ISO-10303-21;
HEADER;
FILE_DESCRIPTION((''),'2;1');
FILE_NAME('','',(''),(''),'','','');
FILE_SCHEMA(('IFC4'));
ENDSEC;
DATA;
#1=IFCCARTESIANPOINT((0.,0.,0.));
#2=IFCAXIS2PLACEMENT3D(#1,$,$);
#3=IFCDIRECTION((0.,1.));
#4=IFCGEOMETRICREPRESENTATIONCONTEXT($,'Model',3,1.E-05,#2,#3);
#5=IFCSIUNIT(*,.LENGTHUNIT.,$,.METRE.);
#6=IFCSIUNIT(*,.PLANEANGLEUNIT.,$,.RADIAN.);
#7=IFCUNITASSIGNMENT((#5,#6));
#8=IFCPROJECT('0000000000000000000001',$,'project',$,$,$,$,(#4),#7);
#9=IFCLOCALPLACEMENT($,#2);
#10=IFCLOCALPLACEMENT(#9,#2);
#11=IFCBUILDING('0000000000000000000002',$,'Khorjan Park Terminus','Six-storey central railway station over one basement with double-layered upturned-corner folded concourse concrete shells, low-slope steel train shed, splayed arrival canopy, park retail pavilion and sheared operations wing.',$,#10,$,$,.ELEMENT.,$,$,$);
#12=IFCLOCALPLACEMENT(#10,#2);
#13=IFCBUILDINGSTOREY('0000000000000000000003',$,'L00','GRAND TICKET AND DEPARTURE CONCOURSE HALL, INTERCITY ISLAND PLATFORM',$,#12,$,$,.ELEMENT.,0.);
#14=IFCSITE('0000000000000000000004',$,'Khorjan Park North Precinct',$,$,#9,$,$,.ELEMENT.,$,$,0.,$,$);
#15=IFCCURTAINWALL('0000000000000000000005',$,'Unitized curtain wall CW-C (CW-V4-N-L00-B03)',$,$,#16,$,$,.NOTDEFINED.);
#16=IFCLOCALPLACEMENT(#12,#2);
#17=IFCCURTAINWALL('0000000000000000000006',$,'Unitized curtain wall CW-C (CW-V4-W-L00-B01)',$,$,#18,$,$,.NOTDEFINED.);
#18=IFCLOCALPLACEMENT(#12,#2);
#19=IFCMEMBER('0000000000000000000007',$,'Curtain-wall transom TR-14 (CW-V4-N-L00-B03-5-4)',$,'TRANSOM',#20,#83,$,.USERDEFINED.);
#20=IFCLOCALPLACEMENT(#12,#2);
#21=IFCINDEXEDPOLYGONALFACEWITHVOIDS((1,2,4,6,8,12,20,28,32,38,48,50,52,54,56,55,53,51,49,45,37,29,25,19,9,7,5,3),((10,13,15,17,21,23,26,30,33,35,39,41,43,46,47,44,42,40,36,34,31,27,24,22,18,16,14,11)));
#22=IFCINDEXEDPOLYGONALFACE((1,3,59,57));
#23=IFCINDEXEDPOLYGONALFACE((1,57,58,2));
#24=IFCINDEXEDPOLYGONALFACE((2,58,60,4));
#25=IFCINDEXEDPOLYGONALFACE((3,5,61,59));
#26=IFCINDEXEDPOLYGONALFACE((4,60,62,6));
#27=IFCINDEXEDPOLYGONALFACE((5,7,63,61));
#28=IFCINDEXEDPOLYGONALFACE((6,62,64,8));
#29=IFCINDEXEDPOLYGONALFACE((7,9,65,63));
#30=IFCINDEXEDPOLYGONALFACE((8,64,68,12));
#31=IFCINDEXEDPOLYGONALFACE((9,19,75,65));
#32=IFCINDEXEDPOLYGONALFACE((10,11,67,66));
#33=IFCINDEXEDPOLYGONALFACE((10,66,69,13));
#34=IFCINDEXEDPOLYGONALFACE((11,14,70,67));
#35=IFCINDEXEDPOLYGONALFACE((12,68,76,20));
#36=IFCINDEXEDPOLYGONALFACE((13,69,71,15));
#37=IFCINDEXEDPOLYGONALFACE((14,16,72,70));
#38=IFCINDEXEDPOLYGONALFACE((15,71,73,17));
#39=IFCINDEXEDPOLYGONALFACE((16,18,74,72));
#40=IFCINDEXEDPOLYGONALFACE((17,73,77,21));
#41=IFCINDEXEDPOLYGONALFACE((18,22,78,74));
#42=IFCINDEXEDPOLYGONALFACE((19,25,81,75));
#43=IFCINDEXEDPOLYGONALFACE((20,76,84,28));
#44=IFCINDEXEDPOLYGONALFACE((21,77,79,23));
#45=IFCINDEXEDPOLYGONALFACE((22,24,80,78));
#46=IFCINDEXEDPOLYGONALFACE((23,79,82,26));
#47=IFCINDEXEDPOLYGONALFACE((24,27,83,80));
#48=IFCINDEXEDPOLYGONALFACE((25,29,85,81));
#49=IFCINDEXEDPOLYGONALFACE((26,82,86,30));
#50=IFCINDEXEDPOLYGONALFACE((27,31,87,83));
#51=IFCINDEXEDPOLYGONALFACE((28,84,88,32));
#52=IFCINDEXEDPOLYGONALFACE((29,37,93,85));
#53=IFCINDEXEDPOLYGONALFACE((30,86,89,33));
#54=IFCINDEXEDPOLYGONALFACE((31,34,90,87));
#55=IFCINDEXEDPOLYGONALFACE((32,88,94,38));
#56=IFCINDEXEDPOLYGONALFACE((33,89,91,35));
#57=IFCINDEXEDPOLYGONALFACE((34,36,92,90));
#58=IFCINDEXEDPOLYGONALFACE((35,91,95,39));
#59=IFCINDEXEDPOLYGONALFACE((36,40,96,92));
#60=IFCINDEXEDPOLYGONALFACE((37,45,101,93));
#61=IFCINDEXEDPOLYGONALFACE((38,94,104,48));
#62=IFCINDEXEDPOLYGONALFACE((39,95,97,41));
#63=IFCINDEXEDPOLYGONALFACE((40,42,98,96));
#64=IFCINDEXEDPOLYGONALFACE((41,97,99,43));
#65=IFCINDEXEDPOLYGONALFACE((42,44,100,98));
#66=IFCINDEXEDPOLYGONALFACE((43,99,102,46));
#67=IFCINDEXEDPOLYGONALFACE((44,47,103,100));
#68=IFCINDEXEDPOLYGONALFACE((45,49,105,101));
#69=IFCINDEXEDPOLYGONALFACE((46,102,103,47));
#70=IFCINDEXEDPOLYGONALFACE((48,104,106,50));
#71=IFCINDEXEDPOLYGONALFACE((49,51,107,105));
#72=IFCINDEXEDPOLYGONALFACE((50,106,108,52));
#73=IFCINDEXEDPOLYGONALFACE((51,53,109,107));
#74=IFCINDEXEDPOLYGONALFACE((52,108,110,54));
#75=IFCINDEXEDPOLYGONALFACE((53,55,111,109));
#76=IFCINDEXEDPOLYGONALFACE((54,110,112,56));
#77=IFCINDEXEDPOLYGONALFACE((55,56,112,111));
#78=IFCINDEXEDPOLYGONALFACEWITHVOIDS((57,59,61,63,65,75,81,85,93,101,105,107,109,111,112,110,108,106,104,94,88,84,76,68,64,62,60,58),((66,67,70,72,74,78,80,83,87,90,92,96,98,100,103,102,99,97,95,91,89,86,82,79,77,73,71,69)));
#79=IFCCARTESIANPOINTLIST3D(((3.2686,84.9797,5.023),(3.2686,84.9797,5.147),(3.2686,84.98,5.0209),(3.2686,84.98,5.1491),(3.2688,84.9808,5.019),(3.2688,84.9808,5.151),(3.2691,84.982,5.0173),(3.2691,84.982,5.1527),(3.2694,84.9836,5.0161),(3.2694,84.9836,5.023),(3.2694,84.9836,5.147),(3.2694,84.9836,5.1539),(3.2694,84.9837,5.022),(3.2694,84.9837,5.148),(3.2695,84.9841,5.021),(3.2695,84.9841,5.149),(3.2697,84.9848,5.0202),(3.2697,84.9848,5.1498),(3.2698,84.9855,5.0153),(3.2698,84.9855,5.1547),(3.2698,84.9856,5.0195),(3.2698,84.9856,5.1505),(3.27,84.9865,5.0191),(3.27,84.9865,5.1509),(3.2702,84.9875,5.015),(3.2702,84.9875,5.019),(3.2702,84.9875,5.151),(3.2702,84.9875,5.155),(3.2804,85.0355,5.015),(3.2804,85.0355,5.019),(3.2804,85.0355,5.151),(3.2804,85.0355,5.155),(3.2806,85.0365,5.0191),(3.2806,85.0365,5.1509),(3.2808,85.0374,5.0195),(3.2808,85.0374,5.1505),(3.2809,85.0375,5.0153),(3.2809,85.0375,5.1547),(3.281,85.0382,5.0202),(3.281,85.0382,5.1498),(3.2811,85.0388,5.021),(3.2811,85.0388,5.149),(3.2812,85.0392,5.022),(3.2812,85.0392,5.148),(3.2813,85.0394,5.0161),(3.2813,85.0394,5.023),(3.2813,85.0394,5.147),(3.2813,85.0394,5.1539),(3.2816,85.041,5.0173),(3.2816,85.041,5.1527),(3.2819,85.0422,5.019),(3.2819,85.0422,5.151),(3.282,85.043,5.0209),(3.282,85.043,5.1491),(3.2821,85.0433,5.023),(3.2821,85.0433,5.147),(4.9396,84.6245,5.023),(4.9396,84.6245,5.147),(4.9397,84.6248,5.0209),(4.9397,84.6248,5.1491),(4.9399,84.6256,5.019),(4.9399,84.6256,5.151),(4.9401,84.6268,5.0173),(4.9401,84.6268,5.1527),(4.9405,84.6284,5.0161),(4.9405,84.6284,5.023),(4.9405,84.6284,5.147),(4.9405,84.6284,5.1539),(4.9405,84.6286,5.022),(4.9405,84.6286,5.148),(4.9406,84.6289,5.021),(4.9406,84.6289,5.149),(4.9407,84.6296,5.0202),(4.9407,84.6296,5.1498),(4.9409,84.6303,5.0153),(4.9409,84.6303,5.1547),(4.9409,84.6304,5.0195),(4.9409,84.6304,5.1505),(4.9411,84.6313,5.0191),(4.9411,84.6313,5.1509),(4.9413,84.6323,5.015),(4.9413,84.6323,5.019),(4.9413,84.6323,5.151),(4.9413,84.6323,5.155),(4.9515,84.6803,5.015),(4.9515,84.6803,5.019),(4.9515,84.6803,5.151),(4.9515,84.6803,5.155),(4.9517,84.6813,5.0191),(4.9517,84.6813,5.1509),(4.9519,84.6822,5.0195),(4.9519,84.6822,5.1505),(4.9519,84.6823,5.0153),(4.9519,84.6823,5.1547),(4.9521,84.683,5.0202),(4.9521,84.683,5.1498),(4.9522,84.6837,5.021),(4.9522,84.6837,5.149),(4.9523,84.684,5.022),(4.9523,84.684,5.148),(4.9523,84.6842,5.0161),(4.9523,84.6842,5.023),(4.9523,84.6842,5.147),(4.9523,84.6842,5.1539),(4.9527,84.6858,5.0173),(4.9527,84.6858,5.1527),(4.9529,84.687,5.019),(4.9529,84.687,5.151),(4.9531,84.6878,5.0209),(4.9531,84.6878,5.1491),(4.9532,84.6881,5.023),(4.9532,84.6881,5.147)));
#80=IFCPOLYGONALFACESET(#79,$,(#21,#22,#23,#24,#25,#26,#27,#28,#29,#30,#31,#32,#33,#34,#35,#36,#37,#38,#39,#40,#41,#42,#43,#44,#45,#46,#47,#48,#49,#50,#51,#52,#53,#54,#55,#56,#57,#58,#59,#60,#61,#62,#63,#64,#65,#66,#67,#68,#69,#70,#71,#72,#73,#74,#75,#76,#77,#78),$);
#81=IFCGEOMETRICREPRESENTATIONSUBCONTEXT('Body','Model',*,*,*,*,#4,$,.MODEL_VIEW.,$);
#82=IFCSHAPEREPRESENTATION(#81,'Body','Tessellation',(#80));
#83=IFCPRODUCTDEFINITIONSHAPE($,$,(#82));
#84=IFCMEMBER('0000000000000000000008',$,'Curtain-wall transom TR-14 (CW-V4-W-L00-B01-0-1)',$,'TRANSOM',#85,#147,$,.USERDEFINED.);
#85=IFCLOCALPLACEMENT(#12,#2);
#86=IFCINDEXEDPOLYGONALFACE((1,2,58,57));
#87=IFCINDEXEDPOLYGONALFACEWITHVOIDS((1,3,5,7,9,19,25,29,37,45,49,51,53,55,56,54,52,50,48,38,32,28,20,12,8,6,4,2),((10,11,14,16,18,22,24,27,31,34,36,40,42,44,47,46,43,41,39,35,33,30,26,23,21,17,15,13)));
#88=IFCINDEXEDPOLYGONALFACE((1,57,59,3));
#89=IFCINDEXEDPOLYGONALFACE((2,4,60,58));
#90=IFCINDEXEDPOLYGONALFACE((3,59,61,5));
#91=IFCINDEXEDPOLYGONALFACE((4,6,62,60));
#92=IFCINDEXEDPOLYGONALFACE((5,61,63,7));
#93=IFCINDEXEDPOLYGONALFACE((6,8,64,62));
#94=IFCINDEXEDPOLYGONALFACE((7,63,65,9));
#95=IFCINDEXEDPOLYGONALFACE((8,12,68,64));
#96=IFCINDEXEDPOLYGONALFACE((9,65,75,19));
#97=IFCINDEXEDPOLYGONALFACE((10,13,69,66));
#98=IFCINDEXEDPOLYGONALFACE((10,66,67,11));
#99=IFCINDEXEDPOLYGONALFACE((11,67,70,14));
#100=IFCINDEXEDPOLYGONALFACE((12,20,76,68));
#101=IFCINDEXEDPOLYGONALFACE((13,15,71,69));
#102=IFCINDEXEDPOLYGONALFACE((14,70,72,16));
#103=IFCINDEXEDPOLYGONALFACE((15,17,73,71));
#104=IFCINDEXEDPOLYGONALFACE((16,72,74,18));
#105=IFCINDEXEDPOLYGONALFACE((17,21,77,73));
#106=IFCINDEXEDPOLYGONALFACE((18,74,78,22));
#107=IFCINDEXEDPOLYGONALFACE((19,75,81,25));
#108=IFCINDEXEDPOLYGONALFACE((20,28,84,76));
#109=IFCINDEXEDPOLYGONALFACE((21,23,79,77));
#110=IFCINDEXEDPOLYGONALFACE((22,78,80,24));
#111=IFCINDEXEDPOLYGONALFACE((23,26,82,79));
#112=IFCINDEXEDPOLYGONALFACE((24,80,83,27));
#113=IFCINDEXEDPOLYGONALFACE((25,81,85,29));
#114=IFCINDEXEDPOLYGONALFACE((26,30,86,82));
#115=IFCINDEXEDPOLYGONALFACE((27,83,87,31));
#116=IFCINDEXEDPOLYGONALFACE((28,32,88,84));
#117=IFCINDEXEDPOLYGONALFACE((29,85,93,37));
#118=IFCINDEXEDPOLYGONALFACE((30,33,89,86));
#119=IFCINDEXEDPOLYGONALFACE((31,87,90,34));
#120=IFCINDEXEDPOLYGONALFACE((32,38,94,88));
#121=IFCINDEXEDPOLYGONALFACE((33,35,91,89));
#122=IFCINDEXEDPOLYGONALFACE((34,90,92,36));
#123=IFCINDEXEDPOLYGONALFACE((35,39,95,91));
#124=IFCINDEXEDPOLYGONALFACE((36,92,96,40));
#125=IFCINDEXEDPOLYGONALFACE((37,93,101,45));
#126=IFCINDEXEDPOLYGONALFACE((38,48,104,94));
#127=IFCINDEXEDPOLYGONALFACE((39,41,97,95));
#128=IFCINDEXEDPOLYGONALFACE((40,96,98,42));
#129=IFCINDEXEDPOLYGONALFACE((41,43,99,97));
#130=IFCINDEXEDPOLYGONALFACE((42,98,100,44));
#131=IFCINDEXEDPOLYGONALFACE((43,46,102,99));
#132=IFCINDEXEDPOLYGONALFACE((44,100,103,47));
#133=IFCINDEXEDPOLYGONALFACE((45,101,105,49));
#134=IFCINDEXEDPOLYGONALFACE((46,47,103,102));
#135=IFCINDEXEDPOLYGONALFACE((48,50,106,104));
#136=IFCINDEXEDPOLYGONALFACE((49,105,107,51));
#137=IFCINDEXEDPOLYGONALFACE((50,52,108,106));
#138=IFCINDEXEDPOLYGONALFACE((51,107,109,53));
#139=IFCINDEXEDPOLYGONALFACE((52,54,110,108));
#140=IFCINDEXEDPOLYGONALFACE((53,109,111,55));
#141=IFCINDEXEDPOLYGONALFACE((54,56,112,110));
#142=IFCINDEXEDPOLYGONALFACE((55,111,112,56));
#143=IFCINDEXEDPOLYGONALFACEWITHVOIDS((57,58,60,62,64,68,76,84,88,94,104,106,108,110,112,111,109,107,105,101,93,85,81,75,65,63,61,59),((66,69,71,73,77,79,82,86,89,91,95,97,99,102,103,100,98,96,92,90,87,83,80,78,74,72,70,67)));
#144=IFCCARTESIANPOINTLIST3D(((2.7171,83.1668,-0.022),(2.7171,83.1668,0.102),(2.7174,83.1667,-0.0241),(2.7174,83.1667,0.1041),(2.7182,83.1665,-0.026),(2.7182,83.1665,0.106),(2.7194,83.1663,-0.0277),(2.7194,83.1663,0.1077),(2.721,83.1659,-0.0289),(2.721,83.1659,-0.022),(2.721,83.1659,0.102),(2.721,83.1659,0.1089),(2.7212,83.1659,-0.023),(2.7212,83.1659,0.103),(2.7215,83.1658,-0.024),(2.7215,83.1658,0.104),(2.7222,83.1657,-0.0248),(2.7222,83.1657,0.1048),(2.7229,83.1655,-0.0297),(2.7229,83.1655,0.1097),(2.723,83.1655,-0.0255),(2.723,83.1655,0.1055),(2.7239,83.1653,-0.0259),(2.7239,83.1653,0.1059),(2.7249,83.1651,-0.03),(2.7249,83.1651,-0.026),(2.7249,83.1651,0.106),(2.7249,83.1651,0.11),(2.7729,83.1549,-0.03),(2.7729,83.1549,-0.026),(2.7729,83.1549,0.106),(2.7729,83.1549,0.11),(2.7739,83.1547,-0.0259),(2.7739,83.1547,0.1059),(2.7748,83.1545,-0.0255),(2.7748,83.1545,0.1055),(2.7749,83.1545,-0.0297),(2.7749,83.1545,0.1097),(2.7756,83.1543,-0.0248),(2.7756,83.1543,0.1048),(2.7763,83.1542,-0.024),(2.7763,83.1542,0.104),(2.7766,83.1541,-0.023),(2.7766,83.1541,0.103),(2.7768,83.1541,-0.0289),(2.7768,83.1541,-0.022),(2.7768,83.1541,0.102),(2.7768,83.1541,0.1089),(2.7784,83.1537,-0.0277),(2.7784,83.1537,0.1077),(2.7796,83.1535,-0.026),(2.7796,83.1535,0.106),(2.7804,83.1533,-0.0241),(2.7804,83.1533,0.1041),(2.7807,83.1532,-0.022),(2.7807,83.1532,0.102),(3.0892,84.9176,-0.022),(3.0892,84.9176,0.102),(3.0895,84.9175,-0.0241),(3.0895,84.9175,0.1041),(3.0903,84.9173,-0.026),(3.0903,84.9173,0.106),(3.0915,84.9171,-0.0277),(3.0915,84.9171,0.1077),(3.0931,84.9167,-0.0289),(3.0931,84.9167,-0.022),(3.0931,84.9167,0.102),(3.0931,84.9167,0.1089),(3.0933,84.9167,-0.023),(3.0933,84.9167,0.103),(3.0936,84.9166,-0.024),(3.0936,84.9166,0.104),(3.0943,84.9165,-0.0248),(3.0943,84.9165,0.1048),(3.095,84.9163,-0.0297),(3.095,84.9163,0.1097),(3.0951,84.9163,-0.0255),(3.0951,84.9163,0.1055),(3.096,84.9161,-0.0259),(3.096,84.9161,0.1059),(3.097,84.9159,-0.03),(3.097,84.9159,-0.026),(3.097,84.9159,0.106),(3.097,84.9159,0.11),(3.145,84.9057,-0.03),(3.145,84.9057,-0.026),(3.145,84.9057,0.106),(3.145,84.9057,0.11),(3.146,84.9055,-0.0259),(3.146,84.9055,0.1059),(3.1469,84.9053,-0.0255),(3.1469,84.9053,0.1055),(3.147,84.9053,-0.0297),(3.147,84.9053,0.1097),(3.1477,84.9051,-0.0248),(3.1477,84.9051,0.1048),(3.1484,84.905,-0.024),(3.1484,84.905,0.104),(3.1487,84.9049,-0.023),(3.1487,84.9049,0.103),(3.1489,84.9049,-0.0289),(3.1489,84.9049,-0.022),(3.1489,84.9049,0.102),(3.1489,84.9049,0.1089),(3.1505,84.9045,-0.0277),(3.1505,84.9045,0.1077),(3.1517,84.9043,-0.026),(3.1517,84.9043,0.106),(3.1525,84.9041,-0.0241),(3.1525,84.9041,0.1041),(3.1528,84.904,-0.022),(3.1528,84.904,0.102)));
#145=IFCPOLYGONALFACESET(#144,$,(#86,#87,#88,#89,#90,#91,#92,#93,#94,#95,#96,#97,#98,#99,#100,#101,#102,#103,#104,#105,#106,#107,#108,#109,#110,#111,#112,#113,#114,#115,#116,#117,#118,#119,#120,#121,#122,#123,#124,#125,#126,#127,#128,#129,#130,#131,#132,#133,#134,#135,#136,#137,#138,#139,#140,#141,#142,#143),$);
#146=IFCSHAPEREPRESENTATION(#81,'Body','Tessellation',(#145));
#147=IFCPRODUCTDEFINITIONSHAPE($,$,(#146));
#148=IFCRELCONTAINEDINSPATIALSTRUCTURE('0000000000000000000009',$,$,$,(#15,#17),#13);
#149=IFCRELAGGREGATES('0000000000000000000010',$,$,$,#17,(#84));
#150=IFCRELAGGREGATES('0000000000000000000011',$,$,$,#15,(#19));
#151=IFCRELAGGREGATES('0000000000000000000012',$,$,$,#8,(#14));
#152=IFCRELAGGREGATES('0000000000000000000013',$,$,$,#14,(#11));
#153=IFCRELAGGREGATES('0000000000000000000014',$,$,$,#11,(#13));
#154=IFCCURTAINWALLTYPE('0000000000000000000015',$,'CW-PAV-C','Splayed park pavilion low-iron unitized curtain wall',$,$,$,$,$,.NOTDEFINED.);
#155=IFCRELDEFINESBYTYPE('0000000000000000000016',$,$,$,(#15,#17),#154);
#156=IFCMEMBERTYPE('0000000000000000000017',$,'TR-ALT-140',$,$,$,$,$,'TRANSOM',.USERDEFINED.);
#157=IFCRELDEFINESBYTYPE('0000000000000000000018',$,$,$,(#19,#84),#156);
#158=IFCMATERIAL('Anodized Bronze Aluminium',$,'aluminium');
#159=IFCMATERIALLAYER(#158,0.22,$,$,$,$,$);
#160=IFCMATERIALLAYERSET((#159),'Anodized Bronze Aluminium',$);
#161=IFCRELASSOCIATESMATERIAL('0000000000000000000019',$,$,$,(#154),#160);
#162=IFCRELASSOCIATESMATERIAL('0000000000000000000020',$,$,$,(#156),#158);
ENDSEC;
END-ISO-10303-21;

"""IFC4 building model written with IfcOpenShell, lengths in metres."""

from ifc_helpers import new_model, si_unit, direction, frame, origin, origin_2d, place, context, subcontext, project, spatial, hollow_rectangle, extrude, material, layer, layer_set, material_profile, profile_set, type_object, element, aggregate, save


model = new_model("IFC4")

# Units and contexts
model_context = context("Model", 3, precision=1e-05, world=origin(), true_north=direction((0.0, 1.0)))
body_context = subcontext(model_context, "Body", "Model", "MODEL_VIEW")
ifc_project = project(units=[si_unit("LENGTHUNIT", "METRE"), si_unit("PLANEANGLEUNIT", "RADIAN")], contexts=[model_context])

# Site, building, storey
site_placement = place(None, origin())
site = spatial("IfcSite", under=ifc_project, at=site_placement, Name="Khorjan Park North Precinct", CompositionType="ELEMENT", RefElevation=0.0)
building_placement = place(site_placement, origin())
building = spatial("IfcBuilding", under=site, at=building_placement, Name="Khorjan Park Terminus", Description="Six-storey central railway station over one basement with double-layered upturned-corner folded concourse concrete shells, low-slope steel train shed, splayed arrival canopy, park retail pavilion and sheared operations wing.", CompositionType="ELEMENT")
storey_placement = place(building_placement, origin())
storey = spatial("IfcBuildingStorey", under=building, at=storey_placement, Name="L00", Description="GRAND TICKET AND DEPARTURE CONCOURSE HALL, INTERCITY ISLAND PLATFORM", CompositionType="ELEMENT", Elevation=0.0)

# Curtain wall
ifc_material_1 = material(Name="Anodized Bronze Aluminium", Category="aluminium")
ifc_layer_1 = layer(ifc_material_1, 0.22)
ifc_layer_set_1 = layer_set([ifc_layer_1], Name="Anodized Bronze Aluminium")
curtain_wall_type = type_object("IfcCurtainWallType", Name="CW-PAV-C", Description="Splayed park pavilion low-iron unitized curtain wall", PredefinedType="NOTDEFINED", material=ifc_layer_set_1)
curtain_wall_1_placement = place(storey_placement, origin())
curtain_wall_1 = element("IfcCurtainWall", 1, at=curtain_wall_1_placement, inside=storey, type_object=curtain_wall_type, Name="Unitized curtain wall CW-C (CW-V4-N-L00-B03)", PredefinedType="NOTDEFINED")

# Curtain wall
curtain_wall_2_placement = place(storey_placement, origin())
curtain_wall_2 = element("IfcCurtainWall", 2, at=curtain_wall_2_placement, inside=storey, type_object=curtain_wall_type, Name="Unitized curtain wall CW-C (CW-V4-W-L00-B01)", PredefinedType="NOTDEFINED")

# Members
ifc_material_profile_1 = material_profile(ifc_material_1, hollow_rectangle(XDim=0.065, YDim=0.14, WallThickness=0.004, InnerFilletRadius=0.004, OuterFilletRadius=0.008, at=origin_2d()), Name="ALT 65x140x4")
ifc_profile_set_1 = profile_set([ifc_material_profile_1], Name="Anodized Bronze Aluminium")
member_type_1 = type_object("IfcMemberType", Name="TR-ALT-140", ElementType="TRANSOM", PredefinedType="USERDEFINED", material=ifc_profile_set_1)
member_1_placement = place(storey_placement, frame((4.9464, 84.6563, 5.085), z_axis=(-0.978148, 0.20791, 0.0), x_axis=(-0.20791, -0.978148, 0.0)))
member_1 = element("IfcMember", 3, at=member_1_placement, type_object=member_type_1, Name="Curtain-wall transom TR-14 (CW-V4-N-L00-B03-5-4)", ObjectType="TRANSOM", PredefinedType="USERDEFINED", context=body_context, shape_type="SweptSolid", body=[
    extrude(hollow_rectangle(XDim=0.065, YDim=0.14, WallThickness=0.004, InnerFilletRadius=0.004, OuterFilletRadius=0.008, at=origin_2d()), origin(), (0.0, 0.0, 1.0), 1.7084),
])
member_2_placement = place(storey_placement, frame((3.121, 84.9108, 0.04), z_axis=(-0.207888, -0.978153, 0.0), x_axis=(0.978153, -0.207888, 0.0)))
member_2 = element("IfcMember", 4, at=member_2_placement, type_object=member_type_1, Name="Curtain-wall transom TR-14 (CW-V4-W-L00-B01-0-1)", ObjectType="TRANSOM", PredefinedType="USERDEFINED", context=body_context, shape_type="SweptSolid", body=[
    extrude(hollow_rectangle(XDim=0.065, YDim=0.14, WallThickness=0.004, InnerFilletRadius=0.004, OuterFilletRadius=0.008, at=origin_2d()), origin(), (0.0, 0.0, 1.0), 1.7899),
])
aggregate(curtain_wall_2, [member_2])

aggregate(curtain_wall_1, [member_1])

save(model, "model.ifc")
